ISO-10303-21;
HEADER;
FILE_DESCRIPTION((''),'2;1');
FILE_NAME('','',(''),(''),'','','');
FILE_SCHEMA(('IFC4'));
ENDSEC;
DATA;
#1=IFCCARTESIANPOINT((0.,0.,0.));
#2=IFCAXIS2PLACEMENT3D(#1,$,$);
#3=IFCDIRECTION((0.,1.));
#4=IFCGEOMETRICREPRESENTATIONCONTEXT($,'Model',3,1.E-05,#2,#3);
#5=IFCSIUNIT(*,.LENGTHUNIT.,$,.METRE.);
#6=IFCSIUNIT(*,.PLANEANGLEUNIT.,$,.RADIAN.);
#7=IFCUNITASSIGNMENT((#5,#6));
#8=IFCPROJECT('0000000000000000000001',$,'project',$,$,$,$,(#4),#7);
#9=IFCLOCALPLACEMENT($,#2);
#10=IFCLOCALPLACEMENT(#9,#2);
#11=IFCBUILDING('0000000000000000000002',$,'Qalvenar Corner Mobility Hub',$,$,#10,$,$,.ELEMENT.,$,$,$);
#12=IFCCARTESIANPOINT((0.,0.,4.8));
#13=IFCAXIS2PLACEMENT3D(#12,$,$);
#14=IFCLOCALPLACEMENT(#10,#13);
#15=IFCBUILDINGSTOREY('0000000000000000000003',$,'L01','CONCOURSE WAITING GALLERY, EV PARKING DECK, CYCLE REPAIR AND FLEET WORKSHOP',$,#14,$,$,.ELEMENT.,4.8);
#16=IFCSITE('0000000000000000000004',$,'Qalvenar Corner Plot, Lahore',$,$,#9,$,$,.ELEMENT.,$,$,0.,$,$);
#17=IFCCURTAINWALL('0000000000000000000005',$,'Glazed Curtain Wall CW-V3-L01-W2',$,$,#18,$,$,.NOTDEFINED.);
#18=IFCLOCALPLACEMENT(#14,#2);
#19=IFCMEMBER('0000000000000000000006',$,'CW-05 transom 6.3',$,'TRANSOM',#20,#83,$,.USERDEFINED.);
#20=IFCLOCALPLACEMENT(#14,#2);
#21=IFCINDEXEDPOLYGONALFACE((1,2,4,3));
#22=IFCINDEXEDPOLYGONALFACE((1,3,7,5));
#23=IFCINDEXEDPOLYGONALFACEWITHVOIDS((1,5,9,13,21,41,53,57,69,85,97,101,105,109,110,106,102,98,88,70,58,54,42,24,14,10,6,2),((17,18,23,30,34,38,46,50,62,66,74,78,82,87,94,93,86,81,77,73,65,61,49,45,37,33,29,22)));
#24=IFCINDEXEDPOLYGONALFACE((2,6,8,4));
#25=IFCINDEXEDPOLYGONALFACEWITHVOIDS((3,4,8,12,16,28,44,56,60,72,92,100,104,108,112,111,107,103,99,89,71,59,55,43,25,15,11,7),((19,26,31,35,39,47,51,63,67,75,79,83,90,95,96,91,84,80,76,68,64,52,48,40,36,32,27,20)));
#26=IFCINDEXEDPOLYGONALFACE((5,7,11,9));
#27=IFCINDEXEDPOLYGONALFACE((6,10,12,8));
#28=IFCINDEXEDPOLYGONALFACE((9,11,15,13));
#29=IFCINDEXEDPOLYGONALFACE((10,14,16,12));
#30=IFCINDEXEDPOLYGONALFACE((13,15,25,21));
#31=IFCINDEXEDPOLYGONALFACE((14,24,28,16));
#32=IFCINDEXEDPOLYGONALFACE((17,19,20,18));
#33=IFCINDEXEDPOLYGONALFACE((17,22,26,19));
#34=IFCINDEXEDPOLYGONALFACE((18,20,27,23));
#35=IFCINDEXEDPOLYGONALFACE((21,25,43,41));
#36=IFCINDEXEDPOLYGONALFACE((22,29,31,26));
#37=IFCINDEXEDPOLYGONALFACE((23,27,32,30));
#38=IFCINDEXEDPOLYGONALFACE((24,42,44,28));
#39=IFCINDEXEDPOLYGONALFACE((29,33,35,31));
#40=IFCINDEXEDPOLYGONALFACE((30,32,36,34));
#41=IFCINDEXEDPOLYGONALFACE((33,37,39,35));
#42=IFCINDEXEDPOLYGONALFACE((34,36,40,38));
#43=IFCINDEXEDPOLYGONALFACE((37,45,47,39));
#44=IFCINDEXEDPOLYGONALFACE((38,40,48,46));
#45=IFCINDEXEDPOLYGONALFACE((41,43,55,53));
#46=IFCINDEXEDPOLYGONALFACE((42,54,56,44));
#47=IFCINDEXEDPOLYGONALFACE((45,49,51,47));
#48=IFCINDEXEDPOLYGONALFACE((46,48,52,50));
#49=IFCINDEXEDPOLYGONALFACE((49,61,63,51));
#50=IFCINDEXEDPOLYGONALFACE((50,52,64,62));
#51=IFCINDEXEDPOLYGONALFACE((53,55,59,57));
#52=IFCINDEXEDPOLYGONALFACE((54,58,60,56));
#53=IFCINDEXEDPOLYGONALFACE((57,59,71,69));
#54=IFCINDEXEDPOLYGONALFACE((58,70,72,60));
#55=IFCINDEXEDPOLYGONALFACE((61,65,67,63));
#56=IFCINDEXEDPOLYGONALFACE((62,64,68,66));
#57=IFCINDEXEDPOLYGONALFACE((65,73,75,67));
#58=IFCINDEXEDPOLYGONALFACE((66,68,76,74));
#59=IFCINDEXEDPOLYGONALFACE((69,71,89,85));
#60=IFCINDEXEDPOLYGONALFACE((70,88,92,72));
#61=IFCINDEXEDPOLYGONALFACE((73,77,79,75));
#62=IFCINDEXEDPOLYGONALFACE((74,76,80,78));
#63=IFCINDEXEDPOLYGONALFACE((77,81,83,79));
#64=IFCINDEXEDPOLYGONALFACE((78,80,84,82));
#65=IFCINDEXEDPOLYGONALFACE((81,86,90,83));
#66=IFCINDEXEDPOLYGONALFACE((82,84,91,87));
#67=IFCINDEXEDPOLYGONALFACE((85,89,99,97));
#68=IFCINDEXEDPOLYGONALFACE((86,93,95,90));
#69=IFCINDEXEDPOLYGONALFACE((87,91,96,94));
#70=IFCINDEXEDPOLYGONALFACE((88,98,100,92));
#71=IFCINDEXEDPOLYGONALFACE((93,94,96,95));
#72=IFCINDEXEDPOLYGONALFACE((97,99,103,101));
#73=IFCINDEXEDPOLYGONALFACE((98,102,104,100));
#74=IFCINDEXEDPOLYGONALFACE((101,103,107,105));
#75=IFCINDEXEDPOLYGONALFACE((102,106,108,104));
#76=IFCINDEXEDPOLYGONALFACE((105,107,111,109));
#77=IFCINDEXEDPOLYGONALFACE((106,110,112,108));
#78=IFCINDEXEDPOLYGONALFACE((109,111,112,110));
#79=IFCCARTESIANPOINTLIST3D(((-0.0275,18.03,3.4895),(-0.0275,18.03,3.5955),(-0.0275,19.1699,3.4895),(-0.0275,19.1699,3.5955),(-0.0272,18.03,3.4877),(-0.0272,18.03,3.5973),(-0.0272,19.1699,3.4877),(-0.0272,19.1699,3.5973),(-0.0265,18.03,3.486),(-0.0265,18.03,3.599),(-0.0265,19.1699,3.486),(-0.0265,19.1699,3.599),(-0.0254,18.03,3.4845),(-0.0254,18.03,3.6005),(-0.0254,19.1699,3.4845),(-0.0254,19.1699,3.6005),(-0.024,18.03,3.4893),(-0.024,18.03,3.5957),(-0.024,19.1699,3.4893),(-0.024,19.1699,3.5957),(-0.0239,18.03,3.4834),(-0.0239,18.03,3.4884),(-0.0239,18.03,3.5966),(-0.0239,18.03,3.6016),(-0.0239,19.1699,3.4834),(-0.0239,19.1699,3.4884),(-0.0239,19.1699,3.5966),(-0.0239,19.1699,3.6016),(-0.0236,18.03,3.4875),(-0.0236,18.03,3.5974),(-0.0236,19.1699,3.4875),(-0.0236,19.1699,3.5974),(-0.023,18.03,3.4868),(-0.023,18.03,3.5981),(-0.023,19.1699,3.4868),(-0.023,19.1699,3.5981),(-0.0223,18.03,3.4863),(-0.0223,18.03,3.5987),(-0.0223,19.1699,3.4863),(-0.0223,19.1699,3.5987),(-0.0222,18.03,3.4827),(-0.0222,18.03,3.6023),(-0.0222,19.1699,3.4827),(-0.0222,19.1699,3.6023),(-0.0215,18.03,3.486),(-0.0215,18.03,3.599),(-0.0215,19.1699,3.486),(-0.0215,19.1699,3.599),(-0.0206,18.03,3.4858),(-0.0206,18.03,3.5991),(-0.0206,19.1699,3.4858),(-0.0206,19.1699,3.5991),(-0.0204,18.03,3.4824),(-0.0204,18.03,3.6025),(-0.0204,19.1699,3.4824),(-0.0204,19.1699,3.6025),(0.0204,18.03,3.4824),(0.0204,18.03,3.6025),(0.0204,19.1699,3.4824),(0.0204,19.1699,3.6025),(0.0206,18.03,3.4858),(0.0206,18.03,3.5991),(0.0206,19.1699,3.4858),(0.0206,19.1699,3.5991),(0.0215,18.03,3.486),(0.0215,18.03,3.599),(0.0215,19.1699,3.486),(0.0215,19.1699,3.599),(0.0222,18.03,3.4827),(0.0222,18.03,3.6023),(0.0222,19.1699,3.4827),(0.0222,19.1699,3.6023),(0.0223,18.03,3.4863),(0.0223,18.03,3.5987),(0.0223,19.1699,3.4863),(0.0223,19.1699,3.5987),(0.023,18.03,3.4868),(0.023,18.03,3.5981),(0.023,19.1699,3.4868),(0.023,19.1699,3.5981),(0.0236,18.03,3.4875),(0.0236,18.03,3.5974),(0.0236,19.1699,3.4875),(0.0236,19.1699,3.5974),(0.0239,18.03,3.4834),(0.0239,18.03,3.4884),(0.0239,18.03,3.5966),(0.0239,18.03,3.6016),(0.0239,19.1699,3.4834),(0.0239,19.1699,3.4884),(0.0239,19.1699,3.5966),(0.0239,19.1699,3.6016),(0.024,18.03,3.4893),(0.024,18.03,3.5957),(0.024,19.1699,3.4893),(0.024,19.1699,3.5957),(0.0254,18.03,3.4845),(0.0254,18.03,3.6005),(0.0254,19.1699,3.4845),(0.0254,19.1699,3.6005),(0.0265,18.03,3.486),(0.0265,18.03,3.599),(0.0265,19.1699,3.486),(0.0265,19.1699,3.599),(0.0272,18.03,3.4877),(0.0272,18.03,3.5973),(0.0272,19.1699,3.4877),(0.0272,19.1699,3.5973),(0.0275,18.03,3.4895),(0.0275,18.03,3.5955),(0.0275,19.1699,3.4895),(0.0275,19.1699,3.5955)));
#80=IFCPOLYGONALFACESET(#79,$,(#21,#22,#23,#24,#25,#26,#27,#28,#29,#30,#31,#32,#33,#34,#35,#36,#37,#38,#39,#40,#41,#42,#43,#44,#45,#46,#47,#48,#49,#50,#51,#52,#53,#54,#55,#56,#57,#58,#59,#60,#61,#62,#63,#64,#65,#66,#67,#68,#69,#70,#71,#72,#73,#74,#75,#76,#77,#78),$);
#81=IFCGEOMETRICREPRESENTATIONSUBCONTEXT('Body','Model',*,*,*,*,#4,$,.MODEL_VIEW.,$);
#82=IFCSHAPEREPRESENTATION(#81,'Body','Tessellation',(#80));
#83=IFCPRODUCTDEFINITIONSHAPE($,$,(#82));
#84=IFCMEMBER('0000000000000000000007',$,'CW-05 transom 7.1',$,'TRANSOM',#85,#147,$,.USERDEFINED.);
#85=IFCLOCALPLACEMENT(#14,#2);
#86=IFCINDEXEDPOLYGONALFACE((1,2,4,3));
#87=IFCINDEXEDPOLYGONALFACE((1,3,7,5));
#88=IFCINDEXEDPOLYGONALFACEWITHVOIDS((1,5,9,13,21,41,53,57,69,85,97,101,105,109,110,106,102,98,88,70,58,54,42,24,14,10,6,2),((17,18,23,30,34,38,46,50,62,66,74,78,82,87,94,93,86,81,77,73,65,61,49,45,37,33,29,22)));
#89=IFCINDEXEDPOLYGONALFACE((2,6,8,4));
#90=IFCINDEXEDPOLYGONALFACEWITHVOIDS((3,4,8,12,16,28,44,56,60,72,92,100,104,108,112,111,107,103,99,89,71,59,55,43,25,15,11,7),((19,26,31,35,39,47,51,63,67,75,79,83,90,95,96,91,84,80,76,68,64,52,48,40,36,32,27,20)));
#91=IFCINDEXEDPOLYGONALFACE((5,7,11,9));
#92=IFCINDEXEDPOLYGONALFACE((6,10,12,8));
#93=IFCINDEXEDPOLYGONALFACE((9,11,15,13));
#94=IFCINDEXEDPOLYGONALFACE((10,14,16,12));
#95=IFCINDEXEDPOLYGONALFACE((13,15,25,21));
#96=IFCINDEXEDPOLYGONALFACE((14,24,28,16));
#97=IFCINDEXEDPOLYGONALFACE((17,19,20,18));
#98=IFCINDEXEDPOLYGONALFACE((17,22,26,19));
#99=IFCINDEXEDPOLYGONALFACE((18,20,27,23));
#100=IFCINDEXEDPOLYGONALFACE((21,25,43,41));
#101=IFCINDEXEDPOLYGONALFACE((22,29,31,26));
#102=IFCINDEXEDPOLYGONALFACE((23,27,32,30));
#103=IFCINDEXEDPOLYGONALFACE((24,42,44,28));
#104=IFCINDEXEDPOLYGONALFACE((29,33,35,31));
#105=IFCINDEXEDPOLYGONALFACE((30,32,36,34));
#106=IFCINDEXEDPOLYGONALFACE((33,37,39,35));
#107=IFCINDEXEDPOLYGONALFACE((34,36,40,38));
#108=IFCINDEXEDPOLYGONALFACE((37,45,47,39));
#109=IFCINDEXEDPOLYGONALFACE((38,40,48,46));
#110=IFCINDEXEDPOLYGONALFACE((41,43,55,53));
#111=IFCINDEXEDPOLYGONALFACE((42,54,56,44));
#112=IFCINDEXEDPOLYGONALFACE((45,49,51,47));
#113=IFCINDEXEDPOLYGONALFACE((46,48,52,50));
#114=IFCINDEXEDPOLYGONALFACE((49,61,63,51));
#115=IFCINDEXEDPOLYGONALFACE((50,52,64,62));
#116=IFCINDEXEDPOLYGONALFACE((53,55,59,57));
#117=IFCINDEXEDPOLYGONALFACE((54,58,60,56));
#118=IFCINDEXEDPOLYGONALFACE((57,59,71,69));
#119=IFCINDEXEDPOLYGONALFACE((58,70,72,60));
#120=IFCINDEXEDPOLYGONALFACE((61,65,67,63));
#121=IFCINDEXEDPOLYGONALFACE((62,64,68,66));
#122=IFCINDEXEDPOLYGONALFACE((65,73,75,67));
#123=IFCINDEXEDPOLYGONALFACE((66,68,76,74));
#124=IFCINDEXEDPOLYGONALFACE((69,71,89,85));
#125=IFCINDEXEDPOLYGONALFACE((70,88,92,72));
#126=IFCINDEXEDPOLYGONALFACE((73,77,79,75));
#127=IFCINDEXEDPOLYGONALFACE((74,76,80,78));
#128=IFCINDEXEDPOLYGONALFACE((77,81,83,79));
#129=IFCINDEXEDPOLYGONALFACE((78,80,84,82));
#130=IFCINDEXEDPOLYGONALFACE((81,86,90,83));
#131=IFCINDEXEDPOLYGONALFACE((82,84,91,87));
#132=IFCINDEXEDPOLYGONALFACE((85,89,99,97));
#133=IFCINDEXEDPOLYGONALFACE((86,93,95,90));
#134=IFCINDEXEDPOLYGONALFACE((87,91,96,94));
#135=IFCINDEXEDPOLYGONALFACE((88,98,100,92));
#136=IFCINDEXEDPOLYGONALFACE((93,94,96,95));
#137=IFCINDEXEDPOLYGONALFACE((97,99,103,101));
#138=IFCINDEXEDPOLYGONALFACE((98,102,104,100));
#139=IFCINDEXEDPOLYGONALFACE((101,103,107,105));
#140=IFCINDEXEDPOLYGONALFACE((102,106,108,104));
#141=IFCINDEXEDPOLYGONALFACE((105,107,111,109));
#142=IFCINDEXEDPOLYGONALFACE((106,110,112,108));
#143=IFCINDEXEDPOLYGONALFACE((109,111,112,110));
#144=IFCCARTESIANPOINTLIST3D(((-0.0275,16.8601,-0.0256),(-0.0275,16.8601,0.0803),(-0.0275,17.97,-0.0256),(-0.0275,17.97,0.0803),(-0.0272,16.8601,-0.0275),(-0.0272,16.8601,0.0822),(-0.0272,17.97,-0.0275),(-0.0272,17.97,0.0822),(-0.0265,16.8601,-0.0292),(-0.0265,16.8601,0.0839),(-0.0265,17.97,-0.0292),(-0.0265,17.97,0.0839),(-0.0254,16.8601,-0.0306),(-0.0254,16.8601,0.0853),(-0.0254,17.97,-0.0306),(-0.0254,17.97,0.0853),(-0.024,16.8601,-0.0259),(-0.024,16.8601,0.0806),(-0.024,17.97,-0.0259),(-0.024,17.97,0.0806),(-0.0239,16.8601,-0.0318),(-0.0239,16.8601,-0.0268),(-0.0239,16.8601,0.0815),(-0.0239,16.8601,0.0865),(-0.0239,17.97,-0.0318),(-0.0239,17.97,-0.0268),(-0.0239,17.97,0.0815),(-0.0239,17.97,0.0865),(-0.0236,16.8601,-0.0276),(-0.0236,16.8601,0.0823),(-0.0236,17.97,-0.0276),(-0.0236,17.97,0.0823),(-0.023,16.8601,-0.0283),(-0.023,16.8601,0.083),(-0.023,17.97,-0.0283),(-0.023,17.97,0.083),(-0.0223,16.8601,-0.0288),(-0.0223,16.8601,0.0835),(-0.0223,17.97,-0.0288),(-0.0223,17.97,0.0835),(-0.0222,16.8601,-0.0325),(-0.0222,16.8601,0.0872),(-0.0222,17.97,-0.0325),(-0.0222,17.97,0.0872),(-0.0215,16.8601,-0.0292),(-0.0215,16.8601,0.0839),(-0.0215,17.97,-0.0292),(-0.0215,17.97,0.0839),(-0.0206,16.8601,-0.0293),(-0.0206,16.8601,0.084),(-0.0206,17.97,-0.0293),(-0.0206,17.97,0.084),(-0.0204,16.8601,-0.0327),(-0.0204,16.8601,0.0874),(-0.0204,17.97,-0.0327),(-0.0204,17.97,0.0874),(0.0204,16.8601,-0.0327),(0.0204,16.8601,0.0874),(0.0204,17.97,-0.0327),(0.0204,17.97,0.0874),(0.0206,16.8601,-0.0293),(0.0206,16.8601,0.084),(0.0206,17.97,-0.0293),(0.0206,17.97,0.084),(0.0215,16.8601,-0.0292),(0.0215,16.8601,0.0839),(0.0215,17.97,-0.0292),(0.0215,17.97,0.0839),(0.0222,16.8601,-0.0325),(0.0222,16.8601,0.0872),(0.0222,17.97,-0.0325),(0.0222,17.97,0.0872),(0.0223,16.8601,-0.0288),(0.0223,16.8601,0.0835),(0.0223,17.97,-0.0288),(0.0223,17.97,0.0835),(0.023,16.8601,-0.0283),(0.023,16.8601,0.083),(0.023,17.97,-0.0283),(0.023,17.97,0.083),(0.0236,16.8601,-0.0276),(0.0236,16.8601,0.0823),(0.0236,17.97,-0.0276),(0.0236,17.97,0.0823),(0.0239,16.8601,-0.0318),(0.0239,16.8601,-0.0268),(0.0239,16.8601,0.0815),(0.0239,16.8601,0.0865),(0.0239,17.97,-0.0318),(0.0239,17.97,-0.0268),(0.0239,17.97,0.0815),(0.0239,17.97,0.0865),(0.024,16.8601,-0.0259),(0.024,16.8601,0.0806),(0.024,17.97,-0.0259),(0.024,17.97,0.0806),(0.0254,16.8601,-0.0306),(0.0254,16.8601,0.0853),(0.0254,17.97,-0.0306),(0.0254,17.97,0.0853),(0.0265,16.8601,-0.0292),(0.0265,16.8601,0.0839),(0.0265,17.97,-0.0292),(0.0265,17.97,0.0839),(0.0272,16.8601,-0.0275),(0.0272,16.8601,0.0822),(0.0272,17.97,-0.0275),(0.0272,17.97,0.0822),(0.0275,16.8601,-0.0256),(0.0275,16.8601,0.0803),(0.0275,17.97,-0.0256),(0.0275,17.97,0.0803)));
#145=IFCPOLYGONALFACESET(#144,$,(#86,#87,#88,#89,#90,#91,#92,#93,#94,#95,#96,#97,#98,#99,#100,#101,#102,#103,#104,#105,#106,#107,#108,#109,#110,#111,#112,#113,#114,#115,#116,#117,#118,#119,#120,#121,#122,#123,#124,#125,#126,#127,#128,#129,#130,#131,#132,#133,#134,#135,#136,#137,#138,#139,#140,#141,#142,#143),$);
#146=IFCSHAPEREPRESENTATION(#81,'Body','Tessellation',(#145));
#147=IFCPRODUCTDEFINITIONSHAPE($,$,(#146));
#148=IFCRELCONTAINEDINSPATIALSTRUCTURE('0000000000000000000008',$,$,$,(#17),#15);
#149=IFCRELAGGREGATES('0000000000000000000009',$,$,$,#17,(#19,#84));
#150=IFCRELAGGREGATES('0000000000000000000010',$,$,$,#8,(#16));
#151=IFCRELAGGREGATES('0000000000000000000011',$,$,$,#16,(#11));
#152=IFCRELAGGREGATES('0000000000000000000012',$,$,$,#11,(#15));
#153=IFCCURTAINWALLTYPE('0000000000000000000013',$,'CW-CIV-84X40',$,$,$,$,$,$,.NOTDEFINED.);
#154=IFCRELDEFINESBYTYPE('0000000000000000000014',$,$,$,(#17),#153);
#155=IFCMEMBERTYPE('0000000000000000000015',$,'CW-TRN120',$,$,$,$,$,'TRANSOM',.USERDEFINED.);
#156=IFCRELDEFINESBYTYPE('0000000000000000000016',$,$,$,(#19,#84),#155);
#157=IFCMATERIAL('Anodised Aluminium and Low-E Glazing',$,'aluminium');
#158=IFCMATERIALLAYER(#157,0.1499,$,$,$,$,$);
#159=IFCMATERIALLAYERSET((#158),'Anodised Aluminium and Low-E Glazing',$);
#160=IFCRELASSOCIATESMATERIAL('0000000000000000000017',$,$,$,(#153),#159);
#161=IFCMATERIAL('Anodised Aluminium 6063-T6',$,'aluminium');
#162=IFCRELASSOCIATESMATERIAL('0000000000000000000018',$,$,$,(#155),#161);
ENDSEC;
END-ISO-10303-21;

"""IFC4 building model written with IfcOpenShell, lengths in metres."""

from ifc_helpers import new_model, si_unit, direction, frame, origin, origin_2d, place, context, subcontext, project, spatial, hollow_rectangle, extrude, material, layer, layer_set, material_profile, profile_set, type_object, element, aggregate, save


model = new_model("IFC4")

# Units and contexts
model_context = context("Model", 3, precision=1e-05, world=origin(), true_north=direction((0.0, 1.0)))
body_context = subcontext(model_context, "Body", "Model", "MODEL_VIEW")
ifc_project = project(units=[si_unit("LENGTHUNIT", "METRE"), si_unit("PLANEANGLEUNIT", "RADIAN")], contexts=[model_context])

# Site, building, storey
site_placement = place(None, origin())
site = spatial("IfcSite", under=ifc_project, at=site_placement, Name="Qalvenar Corner Plot, Lahore", CompositionType="ELEMENT", RefElevation=0.0)
building_placement = place(site_placement, origin())
building = spatial("IfcBuilding", under=site, at=building_placement, Name="Qalvenar Corner Mobility Hub", CompositionType="ELEMENT")
storey_placement = place(building_placement, frame((0.0, 0.0, 4.8)))
storey = spatial("IfcBuildingStorey", under=building, at=storey_placement, Name="L01", Description="CONCOURSE WAITING GALLERY, EV PARKING DECK, CYCLE REPAIR AND FLEET WORKSHOP", CompositionType="ELEMENT", Elevation=4.8)

# Curtain wall, members
ifc_material_1 = material(Name="Anodised Aluminium and Low-E Glazing", Category="aluminium")
ifc_layer_1 = layer(ifc_material_1, 0.1499)
ifc_layer_set_1 = layer_set([ifc_layer_1], Name="Anodised Aluminium and Low-E Glazing")
curtain_wall_type = type_object("IfcCurtainWallType", Name="CW-CIV-84X40", PredefinedType="NOTDEFINED", material=ifc_layer_set_1)
curtain_wall_placement = place(storey_placement, origin())
curtain_wall = element("IfcCurtainWall", 1, at=curtain_wall_placement, inside=storey, type_object=curtain_wall_type, Name="Glazed Curtain Wall CW-V3-L01-W2", PredefinedType="NOTDEFINED")
ifc_material_2 = material(Name="Anodised Aluminium 6063-T6", Category="aluminium")
ifc_material_profile_1 = material_profile(ifc_material_2, hollow_rectangle(XDim=0.0549, YDim=0.1201, WallThickness=0.0034, InnerFilletRadius=0.0034, OuterFilletRadius=0.0071, at=origin_2d()), Name="RHS120x55x3.5")
ifc_profile_set_1 = profile_set([ifc_material_profile_1], Name="Anodised Aluminium 6063-T6")
member_type_1 = type_object("IfcMemberType", Name="CW-TRN120", ElementType="TRANSOM", PredefinedType="USERDEFINED", material=ifc_profile_set_1)
member_1_placement = place(storey_placement, frame((0.0, 19.1699, 3.5425), z_axis=(0.0, -1.0, 0.0), x_axis=(1.0, 0.0, 0.0)))
member_1 = element("IfcMember", 2, at=member_1_placement, type_object=member_type_1, Name="CW-05 transom 6.3", ObjectType="TRANSOM", PredefinedType="USERDEFINED", context=body_context, shape_type="SweptSolid", body=[
    extrude(hollow_rectangle(XDim=0.0549, YDim=0.1201, WallThickness=0.0034, InnerFilletRadius=0.0034, OuterFilletRadius=0.0071, at=origin_2d()), origin(), (0.0, 0.0, 1.0), 1.1399),
])
member_2_placement = place(storey_placement, frame((0.0, 17.97, 0.0273), z_axis=(0.0, -1.0, 0.0), x_axis=(1.0, 0.0, 0.0)))
member_2 = element("IfcMember", 3, at=member_2_placement, type_object=member_type_1, Name="CW-05 transom 7.1", ObjectType="TRANSOM", PredefinedType="USERDEFINED", context=body_context, shape_type="SweptSolid", body=[
    extrude(hollow_rectangle(XDim=0.0549, YDim=0.1201, WallThickness=0.0034, InnerFilletRadius=0.0034, OuterFilletRadius=0.0071, at=origin_2d()), origin(), (0.0, 0.0, 1.0), 1.1099),
])
aggregate(curtain_wall, [member_1, member_2])

save(model, "model.ifc")
